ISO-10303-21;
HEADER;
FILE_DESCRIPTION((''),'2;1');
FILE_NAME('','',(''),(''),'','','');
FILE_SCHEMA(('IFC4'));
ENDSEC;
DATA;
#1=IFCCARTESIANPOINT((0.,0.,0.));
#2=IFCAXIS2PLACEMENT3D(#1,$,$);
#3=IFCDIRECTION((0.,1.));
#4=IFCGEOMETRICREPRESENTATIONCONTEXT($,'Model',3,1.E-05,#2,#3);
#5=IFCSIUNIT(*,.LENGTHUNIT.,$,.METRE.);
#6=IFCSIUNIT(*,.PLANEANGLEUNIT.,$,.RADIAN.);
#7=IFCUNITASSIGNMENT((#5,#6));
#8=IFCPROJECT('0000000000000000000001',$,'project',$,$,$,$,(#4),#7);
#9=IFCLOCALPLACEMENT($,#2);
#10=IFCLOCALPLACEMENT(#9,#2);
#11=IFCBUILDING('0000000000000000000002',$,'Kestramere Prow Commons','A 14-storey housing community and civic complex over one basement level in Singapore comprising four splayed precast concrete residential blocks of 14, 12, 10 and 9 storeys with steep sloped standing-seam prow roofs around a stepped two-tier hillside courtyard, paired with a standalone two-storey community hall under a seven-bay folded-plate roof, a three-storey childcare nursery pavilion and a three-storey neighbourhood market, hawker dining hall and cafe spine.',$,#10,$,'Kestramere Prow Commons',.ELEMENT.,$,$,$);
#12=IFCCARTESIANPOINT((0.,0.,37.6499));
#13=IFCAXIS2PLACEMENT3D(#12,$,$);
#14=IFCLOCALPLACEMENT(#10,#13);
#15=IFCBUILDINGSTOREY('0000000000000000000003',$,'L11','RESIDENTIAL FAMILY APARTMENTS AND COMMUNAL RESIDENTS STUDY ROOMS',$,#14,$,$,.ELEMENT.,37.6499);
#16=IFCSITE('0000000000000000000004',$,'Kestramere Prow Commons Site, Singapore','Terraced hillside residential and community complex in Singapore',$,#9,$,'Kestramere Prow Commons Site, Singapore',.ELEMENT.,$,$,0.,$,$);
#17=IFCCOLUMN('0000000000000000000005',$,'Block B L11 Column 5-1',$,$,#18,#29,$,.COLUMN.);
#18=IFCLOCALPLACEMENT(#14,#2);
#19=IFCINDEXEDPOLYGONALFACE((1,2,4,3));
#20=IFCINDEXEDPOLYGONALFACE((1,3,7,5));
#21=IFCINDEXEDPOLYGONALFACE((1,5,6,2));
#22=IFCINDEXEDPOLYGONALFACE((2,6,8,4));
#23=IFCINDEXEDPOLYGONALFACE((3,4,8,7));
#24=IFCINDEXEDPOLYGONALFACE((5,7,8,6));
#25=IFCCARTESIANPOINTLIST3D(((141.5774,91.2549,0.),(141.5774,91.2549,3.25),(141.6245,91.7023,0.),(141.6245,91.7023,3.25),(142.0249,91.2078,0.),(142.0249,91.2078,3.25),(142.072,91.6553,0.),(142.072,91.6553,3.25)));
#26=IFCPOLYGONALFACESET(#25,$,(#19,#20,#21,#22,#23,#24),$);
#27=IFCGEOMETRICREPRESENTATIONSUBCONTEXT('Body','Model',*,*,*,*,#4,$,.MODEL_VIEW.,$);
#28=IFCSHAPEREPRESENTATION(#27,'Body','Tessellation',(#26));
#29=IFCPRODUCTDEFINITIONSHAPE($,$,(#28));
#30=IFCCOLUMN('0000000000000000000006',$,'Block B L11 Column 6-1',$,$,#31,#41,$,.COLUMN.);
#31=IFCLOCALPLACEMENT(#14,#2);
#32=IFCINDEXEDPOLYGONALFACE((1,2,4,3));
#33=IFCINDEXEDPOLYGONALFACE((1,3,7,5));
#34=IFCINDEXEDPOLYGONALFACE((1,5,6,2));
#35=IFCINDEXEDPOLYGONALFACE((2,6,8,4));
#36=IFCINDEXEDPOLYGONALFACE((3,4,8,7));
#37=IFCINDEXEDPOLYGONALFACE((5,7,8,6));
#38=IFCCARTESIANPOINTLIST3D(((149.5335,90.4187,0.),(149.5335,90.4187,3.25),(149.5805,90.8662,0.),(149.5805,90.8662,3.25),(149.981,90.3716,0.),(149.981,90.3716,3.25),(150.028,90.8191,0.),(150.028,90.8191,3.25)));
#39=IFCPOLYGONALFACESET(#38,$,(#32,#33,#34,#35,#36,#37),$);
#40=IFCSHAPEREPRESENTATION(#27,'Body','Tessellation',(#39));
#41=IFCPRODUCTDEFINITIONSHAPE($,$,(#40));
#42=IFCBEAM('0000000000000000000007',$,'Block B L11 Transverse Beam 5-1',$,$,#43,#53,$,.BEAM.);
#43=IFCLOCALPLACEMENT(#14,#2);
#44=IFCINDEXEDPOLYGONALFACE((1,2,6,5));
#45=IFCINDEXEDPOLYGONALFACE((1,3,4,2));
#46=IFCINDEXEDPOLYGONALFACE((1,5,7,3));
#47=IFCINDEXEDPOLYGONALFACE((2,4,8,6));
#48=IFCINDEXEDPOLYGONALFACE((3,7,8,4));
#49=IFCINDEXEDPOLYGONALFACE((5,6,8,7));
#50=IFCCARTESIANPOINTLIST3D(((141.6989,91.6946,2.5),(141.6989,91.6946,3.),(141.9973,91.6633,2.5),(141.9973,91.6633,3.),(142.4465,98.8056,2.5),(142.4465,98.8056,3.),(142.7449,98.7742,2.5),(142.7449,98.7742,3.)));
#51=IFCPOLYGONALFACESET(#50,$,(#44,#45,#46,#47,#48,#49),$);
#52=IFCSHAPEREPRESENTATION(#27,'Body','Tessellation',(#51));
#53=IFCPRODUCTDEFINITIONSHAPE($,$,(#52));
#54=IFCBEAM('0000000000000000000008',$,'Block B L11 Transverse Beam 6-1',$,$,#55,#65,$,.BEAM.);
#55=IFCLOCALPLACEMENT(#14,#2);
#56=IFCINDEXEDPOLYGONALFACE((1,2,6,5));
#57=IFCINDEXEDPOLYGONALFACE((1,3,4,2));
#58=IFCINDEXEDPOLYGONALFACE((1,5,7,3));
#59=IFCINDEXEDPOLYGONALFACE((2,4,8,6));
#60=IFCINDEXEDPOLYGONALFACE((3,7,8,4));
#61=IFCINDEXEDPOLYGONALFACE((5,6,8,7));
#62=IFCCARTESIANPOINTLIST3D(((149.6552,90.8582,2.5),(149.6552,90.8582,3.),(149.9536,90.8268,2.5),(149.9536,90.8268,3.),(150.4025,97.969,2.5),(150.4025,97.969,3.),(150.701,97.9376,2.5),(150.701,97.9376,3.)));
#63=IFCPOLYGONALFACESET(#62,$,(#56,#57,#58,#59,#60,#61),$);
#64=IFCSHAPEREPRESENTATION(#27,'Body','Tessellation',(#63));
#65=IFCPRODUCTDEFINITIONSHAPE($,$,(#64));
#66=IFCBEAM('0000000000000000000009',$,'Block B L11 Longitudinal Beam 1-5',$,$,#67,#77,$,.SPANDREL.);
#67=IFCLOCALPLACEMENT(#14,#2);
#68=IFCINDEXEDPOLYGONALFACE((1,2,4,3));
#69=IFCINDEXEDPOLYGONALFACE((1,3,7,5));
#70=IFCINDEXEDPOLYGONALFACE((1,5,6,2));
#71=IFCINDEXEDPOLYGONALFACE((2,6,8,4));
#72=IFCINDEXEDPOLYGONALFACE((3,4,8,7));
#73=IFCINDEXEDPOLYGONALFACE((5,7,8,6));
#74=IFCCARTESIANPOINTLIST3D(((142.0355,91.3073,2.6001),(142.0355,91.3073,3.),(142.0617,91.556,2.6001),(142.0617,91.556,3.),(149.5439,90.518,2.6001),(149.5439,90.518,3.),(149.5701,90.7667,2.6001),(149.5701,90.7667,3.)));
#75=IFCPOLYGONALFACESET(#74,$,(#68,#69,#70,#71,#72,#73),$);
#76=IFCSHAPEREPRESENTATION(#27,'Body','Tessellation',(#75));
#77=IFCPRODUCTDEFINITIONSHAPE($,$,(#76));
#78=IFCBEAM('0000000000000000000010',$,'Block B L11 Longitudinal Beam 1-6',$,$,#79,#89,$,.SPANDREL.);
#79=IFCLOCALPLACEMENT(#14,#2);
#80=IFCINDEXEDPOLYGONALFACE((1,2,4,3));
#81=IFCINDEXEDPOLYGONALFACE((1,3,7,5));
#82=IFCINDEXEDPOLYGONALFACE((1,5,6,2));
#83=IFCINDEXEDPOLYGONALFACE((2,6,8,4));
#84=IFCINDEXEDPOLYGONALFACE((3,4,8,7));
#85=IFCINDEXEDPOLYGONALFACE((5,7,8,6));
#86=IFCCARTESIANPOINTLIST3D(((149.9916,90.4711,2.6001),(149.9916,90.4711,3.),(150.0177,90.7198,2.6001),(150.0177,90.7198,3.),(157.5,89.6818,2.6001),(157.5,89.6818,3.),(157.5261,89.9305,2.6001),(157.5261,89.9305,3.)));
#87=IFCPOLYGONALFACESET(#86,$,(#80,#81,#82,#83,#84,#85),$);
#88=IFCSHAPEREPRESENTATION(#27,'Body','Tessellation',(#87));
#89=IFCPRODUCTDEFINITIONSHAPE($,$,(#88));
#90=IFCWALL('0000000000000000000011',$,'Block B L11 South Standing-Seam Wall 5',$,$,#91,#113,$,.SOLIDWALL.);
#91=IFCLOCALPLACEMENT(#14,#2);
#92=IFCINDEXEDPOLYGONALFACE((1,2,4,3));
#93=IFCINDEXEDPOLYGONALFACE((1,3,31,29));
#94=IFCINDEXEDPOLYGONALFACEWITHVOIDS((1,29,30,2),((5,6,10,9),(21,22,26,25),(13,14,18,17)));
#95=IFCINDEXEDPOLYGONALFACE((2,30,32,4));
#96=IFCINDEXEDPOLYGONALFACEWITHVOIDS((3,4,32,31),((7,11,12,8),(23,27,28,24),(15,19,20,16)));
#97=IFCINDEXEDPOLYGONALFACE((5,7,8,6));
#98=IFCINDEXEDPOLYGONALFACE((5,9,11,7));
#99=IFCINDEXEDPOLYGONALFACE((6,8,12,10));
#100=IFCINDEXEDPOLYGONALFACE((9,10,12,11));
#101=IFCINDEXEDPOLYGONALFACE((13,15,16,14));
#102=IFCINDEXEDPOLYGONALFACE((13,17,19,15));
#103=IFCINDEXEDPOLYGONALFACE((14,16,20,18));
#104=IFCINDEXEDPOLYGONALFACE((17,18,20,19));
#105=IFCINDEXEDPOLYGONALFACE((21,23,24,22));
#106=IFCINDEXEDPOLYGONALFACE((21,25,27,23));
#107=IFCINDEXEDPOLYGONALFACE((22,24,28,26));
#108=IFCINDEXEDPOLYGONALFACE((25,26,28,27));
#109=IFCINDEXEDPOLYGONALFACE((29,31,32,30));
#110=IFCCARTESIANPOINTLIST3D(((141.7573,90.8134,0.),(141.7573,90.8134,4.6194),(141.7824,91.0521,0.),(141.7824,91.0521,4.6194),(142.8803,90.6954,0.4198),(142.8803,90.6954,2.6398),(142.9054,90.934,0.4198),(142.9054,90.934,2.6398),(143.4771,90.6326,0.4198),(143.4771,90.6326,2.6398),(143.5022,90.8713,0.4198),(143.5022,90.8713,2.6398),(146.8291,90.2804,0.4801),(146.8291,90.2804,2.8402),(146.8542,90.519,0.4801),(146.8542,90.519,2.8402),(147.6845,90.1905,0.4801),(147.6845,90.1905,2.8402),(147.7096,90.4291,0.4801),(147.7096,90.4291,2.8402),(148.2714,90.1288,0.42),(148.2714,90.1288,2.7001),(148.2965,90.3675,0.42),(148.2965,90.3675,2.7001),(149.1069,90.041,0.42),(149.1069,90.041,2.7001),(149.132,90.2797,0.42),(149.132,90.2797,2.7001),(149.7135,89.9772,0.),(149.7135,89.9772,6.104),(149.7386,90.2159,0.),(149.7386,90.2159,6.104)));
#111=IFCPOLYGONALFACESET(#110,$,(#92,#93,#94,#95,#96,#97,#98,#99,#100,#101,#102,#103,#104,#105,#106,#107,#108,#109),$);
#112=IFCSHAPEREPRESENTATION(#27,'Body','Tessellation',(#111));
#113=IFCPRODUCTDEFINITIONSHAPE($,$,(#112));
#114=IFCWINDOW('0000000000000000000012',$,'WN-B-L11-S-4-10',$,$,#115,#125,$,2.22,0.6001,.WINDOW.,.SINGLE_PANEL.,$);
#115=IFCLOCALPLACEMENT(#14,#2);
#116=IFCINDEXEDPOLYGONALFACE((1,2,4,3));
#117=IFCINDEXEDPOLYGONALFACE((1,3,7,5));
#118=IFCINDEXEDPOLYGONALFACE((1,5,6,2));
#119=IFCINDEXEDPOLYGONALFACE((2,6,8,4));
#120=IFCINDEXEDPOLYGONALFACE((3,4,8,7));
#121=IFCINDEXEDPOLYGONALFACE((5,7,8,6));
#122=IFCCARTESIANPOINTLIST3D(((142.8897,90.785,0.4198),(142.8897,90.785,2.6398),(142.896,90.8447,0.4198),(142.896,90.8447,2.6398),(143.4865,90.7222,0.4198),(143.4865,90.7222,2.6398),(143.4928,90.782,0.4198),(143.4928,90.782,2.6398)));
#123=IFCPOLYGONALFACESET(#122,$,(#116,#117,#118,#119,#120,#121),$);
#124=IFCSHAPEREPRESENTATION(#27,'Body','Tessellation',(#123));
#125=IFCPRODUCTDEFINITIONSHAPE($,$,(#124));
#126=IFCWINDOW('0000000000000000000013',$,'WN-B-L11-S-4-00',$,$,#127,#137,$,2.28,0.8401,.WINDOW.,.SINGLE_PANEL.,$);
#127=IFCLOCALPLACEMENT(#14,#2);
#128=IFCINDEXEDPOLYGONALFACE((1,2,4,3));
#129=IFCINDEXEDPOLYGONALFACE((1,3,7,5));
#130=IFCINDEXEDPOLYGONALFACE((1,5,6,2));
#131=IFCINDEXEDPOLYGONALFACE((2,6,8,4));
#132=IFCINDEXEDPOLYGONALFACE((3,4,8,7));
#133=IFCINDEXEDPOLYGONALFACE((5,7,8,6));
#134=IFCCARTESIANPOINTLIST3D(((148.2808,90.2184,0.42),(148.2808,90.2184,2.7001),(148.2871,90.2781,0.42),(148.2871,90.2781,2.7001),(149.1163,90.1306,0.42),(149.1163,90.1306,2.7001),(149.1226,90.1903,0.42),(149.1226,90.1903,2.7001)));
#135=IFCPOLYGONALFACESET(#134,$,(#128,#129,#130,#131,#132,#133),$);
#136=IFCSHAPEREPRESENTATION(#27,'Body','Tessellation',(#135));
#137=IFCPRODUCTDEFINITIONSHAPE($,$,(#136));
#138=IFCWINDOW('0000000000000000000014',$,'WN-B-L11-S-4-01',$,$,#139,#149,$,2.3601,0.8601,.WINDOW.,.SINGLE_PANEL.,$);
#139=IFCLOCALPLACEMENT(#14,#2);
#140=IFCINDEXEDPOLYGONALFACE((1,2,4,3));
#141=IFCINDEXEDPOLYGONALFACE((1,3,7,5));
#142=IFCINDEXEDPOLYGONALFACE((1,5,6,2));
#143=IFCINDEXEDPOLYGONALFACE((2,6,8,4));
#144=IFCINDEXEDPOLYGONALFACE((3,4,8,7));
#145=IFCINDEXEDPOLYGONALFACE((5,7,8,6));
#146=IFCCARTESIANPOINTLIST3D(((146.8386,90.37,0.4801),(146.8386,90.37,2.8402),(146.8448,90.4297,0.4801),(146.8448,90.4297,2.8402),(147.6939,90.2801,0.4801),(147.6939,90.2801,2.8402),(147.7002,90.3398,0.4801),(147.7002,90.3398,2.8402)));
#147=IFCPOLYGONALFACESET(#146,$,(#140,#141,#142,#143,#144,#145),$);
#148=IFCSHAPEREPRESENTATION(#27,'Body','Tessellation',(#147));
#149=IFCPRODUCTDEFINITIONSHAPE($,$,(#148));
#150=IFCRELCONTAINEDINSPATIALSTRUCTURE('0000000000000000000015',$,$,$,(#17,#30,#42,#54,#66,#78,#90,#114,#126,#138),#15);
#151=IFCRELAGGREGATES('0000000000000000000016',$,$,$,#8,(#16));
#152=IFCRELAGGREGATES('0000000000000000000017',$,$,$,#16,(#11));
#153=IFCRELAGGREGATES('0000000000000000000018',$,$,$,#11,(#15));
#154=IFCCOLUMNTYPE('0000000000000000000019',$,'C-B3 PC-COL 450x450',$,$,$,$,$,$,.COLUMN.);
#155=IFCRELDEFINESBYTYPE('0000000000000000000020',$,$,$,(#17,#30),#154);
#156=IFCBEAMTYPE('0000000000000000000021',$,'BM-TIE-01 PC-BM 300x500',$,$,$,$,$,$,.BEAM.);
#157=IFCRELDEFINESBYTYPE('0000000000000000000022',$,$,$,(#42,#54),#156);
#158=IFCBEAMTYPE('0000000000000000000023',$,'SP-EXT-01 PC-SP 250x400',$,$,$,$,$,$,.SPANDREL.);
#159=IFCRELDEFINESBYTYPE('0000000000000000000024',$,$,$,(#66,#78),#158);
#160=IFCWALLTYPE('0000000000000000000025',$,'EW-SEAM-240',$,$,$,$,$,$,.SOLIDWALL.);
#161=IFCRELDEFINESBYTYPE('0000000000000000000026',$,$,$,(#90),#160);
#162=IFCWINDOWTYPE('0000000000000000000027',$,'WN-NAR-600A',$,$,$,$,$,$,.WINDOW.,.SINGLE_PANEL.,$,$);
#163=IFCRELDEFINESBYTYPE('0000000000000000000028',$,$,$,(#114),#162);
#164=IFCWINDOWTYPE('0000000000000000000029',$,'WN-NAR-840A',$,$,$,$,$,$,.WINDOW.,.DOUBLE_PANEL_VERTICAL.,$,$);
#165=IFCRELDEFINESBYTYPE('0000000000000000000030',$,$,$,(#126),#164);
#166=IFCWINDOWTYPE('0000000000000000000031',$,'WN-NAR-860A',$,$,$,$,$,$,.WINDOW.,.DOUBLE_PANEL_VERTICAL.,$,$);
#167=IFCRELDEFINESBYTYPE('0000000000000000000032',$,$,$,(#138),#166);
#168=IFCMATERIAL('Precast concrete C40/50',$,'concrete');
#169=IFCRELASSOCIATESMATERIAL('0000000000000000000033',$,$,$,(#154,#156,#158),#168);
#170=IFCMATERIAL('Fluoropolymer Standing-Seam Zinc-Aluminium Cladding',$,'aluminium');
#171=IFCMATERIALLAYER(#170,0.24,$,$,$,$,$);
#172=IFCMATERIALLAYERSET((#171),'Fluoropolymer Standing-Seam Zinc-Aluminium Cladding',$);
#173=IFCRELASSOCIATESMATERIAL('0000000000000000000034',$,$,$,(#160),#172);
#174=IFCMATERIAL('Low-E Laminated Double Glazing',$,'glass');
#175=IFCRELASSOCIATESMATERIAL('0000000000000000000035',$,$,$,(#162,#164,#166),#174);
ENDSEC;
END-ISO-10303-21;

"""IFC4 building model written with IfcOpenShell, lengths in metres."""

from ifc_helpers import new_model, si_unit, direction, frame, frame_2d, origin, origin_2d, place, context, subcontext, project, spatial, polyline, rectangle, outline, extrude, material, layer, layer_set, material_profile, profile_set, type_object, element, fill, save


model = new_model("IFC4")

# Units and contexts
model_context = context("Model", 3, precision=1e-05, world=origin(), true_north=direction((0.0, 1.0)))
body_context = subcontext(model_context, "Body", "Model", "MODEL_VIEW")
ifc_project = project(units=[si_unit("LENGTHUNIT", "METRE"), si_unit("PLANEANGLEUNIT", "RADIAN")], contexts=[model_context])

# Site, building, storey
site_placement = place(None, origin())
site = spatial("IfcSite", under=ifc_project, at=site_placement, Name="Kestramere Prow Commons Site, Singapore", Description="Terraced hillside residential and community complex in Singapore", LongName="Kestramere Prow Commons Site, Singapore", CompositionType="ELEMENT", RefElevation=0.0)
building_placement = place(site_placement, origin())
building = spatial("IfcBuilding", under=site, at=building_placement, Name="Kestramere Prow Commons", Description="A 14-storey housing community and civic complex over one basement level in Singapore comprising four splayed precast concrete residential blocks of 14, 12, 10 and 9 storeys with steep sloped standing-seam prow roofs around a stepped two-tier hillside courtyard, paired with a standalone two-storey community hall under a seven-bay folded-plate roof, a three-storey childcare nursery pavilion and a three-storey neighbourhood market, hawker dining hall and cafe spine.", LongName="Kestramere Prow Commons", CompositionType="ELEMENT")
storey_placement = place(building_placement, frame((0.0, 0.0, 37.6499)))
storey = spatial("IfcBuildingStorey", under=building, at=storey_placement, Name="L11", Description="RESIDENTIAL FAMILY APARTMENTS AND COMMUNAL RESIDENTS STUDY ROOMS", CompositionType="ELEMENT", Elevation=37.6499)

# Columns
ifc_material_1 = material(Name="Precast concrete C40/50", Category="concrete")
ifc_material_profile_1 = material_profile(ifc_material_1, rectangle(XDim=0.45, YDim=0.45, at=origin_2d()), Name="PC-COL 450x450")
ifc_profile_set_1 = profile_set([ifc_material_profile_1], Name="Precast concrete C40/50")
column_type = type_object("IfcColumnType", Name="C-B3 PC-COL 450x450", PredefinedType="COLUMN", material=ifc_profile_set_1)
for number, where, z_axis, x_axis, name in (
    (1, (141.8247, 91.4551, 0.0), (0.0, 0.0, 1.0), (0.994522, -0.104528, 0.0), "Block B L11 Column 5-1"),
    (2, (149.7808, 90.6189, 0.0), (0.0, 0.0, 1.0), (0.994522, -0.104528, 0.0), "Block B L11 Column 6-1"),
):
    element("IfcColumn", number, at=place(storey_placement, frame(where, z_axis=z_axis, x_axis=x_axis)), inside=storey, type_object=column_type, Name=name, PredefinedType="COLUMN", context=body_context, shape_type="SweptSolid", body=[
        extrude(rectangle(XDim=0.45, YDim=0.45, at=origin_2d()), origin(), (0.0, 0.0, 1.0), 3.25),
    ])

# Beams
ifc_material_profile_2 = material_profile(ifc_material_1, rectangle(XDim=0.3, YDim=0.5, at=origin_2d()), Name="PC-BM 300x500")
ifc_profile_set_2 = profile_set([ifc_material_profile_2], Name="Precast concrete C40/50")
beam_type_1 = type_object("IfcBeamType", Name="BM-TIE-01 PC-BM 300x500", PredefinedType="BEAM", material=ifc_profile_set_2)
beam_1_placement = place(storey_placement, frame((141.8481, 91.679, 2.75), z_axis=(0.104553, 0.994519, 0.0), x_axis=(-0.994519, 0.104553, 0.0)))
element("IfcBeam", 3, at=beam_1_placement, inside=storey, type_object=beam_type_1, Name="Block B L11 Transverse Beam 5-1", PredefinedType="BEAM", context=body_context, shape_type="SweptSolid", body=[
    extrude(rectangle(XDim=0.3, YDim=0.5, at=origin_2d()), origin(), (0.0, 0.0, 1.0), 7.1501),
])
beam_2_placement = place(storey_placement, frame((149.8044, 90.8425, 2.75), z_axis=(0.104519, 0.994523, 0.0), x_axis=(-0.994523, 0.104519, 0.0)))
element("IfcBeam", 4, at=beam_2_placement, inside=storey, type_object=beam_type_1, Name="Block B L11 Transverse Beam 6-1", PredefinedType="BEAM", context=body_context, shape_type="SweptSolid", body=[
    extrude(rectangle(XDim=0.3, YDim=0.5, at=origin_2d()), origin(), (0.0, 0.0, 1.0), 7.1499),
])
ifc_material_profile_3 = material_profile(ifc_material_1, rectangle(XDim=0.25, YDim=0.3999, at=origin_2d()), Name="PC-SP 250x400")
ifc_profile_set_3 = profile_set([ifc_material_profile_3], Name="Precast concrete C40/50")
beam_type_2 = type_object("IfcBeamType", Name="SP-EXT-01 PC-SP 250x400", PredefinedType="SPANDREL", material=ifc_profile_set_3)
for number, where, z_axis, x_axis, name in (
    (5, (142.0486, 91.4316, 2.8), (0.99452, -0.104545, 0.0), (0.104545, 0.99452, 0.0), "Block B L11 Longitudinal Beam 1-5"),
    (6, (150.0046, 90.5955, 2.8), (0.99452, -0.104545, 0.0), (0.104545, 0.99452, 0.0), "Block B L11 Longitudinal Beam 1-6"),
):
    element("IfcBeam", number, at=place(storey_placement, frame(where, z_axis=z_axis, x_axis=x_axis)), inside=storey, type_object=beam_type_2, Name=name, PredefinedType="SPANDREL", context=body_context, shape_type="SweptSolid", body=[
        extrude(rectangle(XDim=0.25, YDim=0.3999, at=origin_2d()), origin(), (0.0, 0.0, 1.0), 7.5498),
    ])

# Shared definitions
ifc_material_2 = material(Name="Fluoropolymer Standing-Seam Zinc-Aluminium Cladding", Category="aluminium")
ifc_layer_1 = layer(ifc_material_2, 0.24)
ifc_layer_set_1 = layer_set([ifc_layer_1], Name="Fluoropolymer Standing-Seam Zinc-Aluminium Cladding")
wall_type_1 = type_object("IfcWallType", Name="EW-SEAM-240", PredefinedType="SOLIDWALL", material=ifc_layer_set_1)
ifc_material_3 = material(Name="Low-E Laminated Double Glazing", Category="glass")

# Wall, openings, windows
wall_1_placement = place(storey_placement, frame((149.7261, 90.0967, 0.0), z_axis=(0.0, 0.0, 1.0), x_axis=(-0.994523, 0.104521, 0.0)))
wall_1 = element("IfcWall", 7, at=wall_1_placement, inside=storey, type_object=wall_type_1, Name="Block B L11 South Standing-Seam Wall 5", PredefinedType="SOLIDWALL", context=body_context, shape_type="SweptSolid", body=[
    extrude(outline(polyline([(0.0, 0.0), (8.0, 0.0), (8.0, 4.6194), (0.0, 6.104), (0.0, 0.0)])), frame((0.0, 0.1201, 0.0), z_axis=(0.0, -1.0, 0.0), x_axis=(1.0, 0.0, 0.0)), (0.0, 0.0, 1.0), 0.24),
])
opening_1_placement = place(wall_1_placement, frame((0.6101, 0.0, 0.4199)))
opening_1 = element("IfcOpeningElement", 8, at=opening_1_placement, cuts=wall_1, PredefinedType="OPENING", context=body_context, shape_type="SweptSolid", body=[
    extrude(rectangle(XDim=0.8401, YDim=2.28, at=frame_2d((0.4199, 1.1401))), frame((0.0, 0.135, 0.0), z_axis=(0.0, -1.0, 0.0), x_axis=(1.0, 0.0, 0.0)), (0.0, 0.0, 1.0), 0.27),
])
opening_2_placement = place(wall_1_placement, frame((2.04, 0.0, 0.48)))
opening_2 = element("IfcOpeningElement", 9, at=opening_2_placement, cuts=wall_1, PredefinedType="OPENING", context=body_context, shape_type="SweptSolid", body=[
    extrude(rectangle(XDim=0.8601, YDim=2.3601, at=frame_2d((0.4302, 1.1802))), frame((0.0, 0.135, 0.0), z_axis=(0.0, -1.0, 0.0), x_axis=(1.0, 0.0, 0.0)), (0.0, 0.0, 1.0), 0.27),
])
opening_3_placement = place(wall_1_placement, frame((6.2708, 0.0, 0.4199)))
opening_3 = element("IfcOpeningElement", 10, at=opening_3_placement, cuts=wall_1, PredefinedType="OPENING", context=body_context, shape_type="SweptSolid", body=[
    extrude(rectangle(XDim=0.6001, YDim=2.22, at=frame_2d((0.3, 1.1099))), frame((0.0, 0.135, 0.0), z_axis=(0.0, -1.0, 0.0), x_axis=(1.0, 0.0, 0.0)), (0.0, 0.0, 1.0), 0.27),
])
window_type_1 = type_object("IfcWindowType", Name="WN-NAR-600A", PartitioningType="SINGLE_PANEL", PredefinedType="WINDOW", material=ifc_material_3)
window_1_placement = place(opening_3_placement, origin())
window_1 = element("IfcWindow", 11, at=window_1_placement, inside=storey, type_object=window_type_1, Name="WN-B-L11-S-4-10", OverallHeight=2.22, OverallWidth=0.6001, PartitioningType="SINGLE_PANEL", PredefinedType="WINDOW", context=body_context, shape_type="SweptSolid", body=[
    extrude(rectangle(XDim=0.6001, YDim=2.22, at=frame_2d((0.3, 1.1099))), frame((0.0, 0.03, 0.0), z_axis=(0.0, -1.0, 0.0), x_axis=(1.0, 0.0, 0.0)), (0.0, 0.0, 1.0), 0.0601),
])
fill(opening_3, window_1)
window_type_2 = type_object("IfcWindowType", Name="WN-NAR-840A", PartitioningType="DOUBLE_PANEL_VERTICAL", PredefinedType="WINDOW", material=ifc_material_3)
window_2_placement = place(opening_1_placement, origin())
window_2 = element("IfcWindow", 12, at=window_2_placement, inside=storey, type_object=window_type_2, Name="WN-B-L11-S-4-00", OverallHeight=2.28, OverallWidth=0.8401, PartitioningType="SINGLE_PANEL", PredefinedType="WINDOW", context=body_context, shape_type="SweptSolid", body=[
    extrude(rectangle(XDim=0.8401, YDim=2.28, at=frame_2d((0.4199, 1.1401))), frame((0.0, 0.03, 0.0), z_axis=(0.0, -1.0, 0.0), x_axis=(1.0, 0.0, 0.0)), (0.0, 0.0, 1.0), 0.0601),
])
fill(opening_1, window_2)
window_type_3 = type_object("IfcWindowType", Name="WN-NAR-860A", PartitioningType="DOUBLE_PANEL_VERTICAL", PredefinedType="WINDOW", material=ifc_material_3)
window_3_placement = place(opening_2_placement, origin())
window_3 = element("IfcWindow", 13, at=window_3_placement, inside=storey, type_object=window_type_3, Name="WN-B-L11-S-4-01", OverallHeight=2.3601, OverallWidth=0.8601, PartitioningType="SINGLE_PANEL", PredefinedType="WINDOW", context=body_context, shape_type="SweptSolid", body=[
    extrude(rectangle(XDim=0.8601, YDim=2.3601, at=frame_2d((0.4302, 1.1802))), frame((0.0, 0.03, 0.0), z_axis=(0.0, -1.0, 0.0), x_axis=(1.0, 0.0, 0.0)), (0.0, 0.0, 1.0), 0.0601),
])
fill(opening_2, window_3)

save(model, "model.ifc")
